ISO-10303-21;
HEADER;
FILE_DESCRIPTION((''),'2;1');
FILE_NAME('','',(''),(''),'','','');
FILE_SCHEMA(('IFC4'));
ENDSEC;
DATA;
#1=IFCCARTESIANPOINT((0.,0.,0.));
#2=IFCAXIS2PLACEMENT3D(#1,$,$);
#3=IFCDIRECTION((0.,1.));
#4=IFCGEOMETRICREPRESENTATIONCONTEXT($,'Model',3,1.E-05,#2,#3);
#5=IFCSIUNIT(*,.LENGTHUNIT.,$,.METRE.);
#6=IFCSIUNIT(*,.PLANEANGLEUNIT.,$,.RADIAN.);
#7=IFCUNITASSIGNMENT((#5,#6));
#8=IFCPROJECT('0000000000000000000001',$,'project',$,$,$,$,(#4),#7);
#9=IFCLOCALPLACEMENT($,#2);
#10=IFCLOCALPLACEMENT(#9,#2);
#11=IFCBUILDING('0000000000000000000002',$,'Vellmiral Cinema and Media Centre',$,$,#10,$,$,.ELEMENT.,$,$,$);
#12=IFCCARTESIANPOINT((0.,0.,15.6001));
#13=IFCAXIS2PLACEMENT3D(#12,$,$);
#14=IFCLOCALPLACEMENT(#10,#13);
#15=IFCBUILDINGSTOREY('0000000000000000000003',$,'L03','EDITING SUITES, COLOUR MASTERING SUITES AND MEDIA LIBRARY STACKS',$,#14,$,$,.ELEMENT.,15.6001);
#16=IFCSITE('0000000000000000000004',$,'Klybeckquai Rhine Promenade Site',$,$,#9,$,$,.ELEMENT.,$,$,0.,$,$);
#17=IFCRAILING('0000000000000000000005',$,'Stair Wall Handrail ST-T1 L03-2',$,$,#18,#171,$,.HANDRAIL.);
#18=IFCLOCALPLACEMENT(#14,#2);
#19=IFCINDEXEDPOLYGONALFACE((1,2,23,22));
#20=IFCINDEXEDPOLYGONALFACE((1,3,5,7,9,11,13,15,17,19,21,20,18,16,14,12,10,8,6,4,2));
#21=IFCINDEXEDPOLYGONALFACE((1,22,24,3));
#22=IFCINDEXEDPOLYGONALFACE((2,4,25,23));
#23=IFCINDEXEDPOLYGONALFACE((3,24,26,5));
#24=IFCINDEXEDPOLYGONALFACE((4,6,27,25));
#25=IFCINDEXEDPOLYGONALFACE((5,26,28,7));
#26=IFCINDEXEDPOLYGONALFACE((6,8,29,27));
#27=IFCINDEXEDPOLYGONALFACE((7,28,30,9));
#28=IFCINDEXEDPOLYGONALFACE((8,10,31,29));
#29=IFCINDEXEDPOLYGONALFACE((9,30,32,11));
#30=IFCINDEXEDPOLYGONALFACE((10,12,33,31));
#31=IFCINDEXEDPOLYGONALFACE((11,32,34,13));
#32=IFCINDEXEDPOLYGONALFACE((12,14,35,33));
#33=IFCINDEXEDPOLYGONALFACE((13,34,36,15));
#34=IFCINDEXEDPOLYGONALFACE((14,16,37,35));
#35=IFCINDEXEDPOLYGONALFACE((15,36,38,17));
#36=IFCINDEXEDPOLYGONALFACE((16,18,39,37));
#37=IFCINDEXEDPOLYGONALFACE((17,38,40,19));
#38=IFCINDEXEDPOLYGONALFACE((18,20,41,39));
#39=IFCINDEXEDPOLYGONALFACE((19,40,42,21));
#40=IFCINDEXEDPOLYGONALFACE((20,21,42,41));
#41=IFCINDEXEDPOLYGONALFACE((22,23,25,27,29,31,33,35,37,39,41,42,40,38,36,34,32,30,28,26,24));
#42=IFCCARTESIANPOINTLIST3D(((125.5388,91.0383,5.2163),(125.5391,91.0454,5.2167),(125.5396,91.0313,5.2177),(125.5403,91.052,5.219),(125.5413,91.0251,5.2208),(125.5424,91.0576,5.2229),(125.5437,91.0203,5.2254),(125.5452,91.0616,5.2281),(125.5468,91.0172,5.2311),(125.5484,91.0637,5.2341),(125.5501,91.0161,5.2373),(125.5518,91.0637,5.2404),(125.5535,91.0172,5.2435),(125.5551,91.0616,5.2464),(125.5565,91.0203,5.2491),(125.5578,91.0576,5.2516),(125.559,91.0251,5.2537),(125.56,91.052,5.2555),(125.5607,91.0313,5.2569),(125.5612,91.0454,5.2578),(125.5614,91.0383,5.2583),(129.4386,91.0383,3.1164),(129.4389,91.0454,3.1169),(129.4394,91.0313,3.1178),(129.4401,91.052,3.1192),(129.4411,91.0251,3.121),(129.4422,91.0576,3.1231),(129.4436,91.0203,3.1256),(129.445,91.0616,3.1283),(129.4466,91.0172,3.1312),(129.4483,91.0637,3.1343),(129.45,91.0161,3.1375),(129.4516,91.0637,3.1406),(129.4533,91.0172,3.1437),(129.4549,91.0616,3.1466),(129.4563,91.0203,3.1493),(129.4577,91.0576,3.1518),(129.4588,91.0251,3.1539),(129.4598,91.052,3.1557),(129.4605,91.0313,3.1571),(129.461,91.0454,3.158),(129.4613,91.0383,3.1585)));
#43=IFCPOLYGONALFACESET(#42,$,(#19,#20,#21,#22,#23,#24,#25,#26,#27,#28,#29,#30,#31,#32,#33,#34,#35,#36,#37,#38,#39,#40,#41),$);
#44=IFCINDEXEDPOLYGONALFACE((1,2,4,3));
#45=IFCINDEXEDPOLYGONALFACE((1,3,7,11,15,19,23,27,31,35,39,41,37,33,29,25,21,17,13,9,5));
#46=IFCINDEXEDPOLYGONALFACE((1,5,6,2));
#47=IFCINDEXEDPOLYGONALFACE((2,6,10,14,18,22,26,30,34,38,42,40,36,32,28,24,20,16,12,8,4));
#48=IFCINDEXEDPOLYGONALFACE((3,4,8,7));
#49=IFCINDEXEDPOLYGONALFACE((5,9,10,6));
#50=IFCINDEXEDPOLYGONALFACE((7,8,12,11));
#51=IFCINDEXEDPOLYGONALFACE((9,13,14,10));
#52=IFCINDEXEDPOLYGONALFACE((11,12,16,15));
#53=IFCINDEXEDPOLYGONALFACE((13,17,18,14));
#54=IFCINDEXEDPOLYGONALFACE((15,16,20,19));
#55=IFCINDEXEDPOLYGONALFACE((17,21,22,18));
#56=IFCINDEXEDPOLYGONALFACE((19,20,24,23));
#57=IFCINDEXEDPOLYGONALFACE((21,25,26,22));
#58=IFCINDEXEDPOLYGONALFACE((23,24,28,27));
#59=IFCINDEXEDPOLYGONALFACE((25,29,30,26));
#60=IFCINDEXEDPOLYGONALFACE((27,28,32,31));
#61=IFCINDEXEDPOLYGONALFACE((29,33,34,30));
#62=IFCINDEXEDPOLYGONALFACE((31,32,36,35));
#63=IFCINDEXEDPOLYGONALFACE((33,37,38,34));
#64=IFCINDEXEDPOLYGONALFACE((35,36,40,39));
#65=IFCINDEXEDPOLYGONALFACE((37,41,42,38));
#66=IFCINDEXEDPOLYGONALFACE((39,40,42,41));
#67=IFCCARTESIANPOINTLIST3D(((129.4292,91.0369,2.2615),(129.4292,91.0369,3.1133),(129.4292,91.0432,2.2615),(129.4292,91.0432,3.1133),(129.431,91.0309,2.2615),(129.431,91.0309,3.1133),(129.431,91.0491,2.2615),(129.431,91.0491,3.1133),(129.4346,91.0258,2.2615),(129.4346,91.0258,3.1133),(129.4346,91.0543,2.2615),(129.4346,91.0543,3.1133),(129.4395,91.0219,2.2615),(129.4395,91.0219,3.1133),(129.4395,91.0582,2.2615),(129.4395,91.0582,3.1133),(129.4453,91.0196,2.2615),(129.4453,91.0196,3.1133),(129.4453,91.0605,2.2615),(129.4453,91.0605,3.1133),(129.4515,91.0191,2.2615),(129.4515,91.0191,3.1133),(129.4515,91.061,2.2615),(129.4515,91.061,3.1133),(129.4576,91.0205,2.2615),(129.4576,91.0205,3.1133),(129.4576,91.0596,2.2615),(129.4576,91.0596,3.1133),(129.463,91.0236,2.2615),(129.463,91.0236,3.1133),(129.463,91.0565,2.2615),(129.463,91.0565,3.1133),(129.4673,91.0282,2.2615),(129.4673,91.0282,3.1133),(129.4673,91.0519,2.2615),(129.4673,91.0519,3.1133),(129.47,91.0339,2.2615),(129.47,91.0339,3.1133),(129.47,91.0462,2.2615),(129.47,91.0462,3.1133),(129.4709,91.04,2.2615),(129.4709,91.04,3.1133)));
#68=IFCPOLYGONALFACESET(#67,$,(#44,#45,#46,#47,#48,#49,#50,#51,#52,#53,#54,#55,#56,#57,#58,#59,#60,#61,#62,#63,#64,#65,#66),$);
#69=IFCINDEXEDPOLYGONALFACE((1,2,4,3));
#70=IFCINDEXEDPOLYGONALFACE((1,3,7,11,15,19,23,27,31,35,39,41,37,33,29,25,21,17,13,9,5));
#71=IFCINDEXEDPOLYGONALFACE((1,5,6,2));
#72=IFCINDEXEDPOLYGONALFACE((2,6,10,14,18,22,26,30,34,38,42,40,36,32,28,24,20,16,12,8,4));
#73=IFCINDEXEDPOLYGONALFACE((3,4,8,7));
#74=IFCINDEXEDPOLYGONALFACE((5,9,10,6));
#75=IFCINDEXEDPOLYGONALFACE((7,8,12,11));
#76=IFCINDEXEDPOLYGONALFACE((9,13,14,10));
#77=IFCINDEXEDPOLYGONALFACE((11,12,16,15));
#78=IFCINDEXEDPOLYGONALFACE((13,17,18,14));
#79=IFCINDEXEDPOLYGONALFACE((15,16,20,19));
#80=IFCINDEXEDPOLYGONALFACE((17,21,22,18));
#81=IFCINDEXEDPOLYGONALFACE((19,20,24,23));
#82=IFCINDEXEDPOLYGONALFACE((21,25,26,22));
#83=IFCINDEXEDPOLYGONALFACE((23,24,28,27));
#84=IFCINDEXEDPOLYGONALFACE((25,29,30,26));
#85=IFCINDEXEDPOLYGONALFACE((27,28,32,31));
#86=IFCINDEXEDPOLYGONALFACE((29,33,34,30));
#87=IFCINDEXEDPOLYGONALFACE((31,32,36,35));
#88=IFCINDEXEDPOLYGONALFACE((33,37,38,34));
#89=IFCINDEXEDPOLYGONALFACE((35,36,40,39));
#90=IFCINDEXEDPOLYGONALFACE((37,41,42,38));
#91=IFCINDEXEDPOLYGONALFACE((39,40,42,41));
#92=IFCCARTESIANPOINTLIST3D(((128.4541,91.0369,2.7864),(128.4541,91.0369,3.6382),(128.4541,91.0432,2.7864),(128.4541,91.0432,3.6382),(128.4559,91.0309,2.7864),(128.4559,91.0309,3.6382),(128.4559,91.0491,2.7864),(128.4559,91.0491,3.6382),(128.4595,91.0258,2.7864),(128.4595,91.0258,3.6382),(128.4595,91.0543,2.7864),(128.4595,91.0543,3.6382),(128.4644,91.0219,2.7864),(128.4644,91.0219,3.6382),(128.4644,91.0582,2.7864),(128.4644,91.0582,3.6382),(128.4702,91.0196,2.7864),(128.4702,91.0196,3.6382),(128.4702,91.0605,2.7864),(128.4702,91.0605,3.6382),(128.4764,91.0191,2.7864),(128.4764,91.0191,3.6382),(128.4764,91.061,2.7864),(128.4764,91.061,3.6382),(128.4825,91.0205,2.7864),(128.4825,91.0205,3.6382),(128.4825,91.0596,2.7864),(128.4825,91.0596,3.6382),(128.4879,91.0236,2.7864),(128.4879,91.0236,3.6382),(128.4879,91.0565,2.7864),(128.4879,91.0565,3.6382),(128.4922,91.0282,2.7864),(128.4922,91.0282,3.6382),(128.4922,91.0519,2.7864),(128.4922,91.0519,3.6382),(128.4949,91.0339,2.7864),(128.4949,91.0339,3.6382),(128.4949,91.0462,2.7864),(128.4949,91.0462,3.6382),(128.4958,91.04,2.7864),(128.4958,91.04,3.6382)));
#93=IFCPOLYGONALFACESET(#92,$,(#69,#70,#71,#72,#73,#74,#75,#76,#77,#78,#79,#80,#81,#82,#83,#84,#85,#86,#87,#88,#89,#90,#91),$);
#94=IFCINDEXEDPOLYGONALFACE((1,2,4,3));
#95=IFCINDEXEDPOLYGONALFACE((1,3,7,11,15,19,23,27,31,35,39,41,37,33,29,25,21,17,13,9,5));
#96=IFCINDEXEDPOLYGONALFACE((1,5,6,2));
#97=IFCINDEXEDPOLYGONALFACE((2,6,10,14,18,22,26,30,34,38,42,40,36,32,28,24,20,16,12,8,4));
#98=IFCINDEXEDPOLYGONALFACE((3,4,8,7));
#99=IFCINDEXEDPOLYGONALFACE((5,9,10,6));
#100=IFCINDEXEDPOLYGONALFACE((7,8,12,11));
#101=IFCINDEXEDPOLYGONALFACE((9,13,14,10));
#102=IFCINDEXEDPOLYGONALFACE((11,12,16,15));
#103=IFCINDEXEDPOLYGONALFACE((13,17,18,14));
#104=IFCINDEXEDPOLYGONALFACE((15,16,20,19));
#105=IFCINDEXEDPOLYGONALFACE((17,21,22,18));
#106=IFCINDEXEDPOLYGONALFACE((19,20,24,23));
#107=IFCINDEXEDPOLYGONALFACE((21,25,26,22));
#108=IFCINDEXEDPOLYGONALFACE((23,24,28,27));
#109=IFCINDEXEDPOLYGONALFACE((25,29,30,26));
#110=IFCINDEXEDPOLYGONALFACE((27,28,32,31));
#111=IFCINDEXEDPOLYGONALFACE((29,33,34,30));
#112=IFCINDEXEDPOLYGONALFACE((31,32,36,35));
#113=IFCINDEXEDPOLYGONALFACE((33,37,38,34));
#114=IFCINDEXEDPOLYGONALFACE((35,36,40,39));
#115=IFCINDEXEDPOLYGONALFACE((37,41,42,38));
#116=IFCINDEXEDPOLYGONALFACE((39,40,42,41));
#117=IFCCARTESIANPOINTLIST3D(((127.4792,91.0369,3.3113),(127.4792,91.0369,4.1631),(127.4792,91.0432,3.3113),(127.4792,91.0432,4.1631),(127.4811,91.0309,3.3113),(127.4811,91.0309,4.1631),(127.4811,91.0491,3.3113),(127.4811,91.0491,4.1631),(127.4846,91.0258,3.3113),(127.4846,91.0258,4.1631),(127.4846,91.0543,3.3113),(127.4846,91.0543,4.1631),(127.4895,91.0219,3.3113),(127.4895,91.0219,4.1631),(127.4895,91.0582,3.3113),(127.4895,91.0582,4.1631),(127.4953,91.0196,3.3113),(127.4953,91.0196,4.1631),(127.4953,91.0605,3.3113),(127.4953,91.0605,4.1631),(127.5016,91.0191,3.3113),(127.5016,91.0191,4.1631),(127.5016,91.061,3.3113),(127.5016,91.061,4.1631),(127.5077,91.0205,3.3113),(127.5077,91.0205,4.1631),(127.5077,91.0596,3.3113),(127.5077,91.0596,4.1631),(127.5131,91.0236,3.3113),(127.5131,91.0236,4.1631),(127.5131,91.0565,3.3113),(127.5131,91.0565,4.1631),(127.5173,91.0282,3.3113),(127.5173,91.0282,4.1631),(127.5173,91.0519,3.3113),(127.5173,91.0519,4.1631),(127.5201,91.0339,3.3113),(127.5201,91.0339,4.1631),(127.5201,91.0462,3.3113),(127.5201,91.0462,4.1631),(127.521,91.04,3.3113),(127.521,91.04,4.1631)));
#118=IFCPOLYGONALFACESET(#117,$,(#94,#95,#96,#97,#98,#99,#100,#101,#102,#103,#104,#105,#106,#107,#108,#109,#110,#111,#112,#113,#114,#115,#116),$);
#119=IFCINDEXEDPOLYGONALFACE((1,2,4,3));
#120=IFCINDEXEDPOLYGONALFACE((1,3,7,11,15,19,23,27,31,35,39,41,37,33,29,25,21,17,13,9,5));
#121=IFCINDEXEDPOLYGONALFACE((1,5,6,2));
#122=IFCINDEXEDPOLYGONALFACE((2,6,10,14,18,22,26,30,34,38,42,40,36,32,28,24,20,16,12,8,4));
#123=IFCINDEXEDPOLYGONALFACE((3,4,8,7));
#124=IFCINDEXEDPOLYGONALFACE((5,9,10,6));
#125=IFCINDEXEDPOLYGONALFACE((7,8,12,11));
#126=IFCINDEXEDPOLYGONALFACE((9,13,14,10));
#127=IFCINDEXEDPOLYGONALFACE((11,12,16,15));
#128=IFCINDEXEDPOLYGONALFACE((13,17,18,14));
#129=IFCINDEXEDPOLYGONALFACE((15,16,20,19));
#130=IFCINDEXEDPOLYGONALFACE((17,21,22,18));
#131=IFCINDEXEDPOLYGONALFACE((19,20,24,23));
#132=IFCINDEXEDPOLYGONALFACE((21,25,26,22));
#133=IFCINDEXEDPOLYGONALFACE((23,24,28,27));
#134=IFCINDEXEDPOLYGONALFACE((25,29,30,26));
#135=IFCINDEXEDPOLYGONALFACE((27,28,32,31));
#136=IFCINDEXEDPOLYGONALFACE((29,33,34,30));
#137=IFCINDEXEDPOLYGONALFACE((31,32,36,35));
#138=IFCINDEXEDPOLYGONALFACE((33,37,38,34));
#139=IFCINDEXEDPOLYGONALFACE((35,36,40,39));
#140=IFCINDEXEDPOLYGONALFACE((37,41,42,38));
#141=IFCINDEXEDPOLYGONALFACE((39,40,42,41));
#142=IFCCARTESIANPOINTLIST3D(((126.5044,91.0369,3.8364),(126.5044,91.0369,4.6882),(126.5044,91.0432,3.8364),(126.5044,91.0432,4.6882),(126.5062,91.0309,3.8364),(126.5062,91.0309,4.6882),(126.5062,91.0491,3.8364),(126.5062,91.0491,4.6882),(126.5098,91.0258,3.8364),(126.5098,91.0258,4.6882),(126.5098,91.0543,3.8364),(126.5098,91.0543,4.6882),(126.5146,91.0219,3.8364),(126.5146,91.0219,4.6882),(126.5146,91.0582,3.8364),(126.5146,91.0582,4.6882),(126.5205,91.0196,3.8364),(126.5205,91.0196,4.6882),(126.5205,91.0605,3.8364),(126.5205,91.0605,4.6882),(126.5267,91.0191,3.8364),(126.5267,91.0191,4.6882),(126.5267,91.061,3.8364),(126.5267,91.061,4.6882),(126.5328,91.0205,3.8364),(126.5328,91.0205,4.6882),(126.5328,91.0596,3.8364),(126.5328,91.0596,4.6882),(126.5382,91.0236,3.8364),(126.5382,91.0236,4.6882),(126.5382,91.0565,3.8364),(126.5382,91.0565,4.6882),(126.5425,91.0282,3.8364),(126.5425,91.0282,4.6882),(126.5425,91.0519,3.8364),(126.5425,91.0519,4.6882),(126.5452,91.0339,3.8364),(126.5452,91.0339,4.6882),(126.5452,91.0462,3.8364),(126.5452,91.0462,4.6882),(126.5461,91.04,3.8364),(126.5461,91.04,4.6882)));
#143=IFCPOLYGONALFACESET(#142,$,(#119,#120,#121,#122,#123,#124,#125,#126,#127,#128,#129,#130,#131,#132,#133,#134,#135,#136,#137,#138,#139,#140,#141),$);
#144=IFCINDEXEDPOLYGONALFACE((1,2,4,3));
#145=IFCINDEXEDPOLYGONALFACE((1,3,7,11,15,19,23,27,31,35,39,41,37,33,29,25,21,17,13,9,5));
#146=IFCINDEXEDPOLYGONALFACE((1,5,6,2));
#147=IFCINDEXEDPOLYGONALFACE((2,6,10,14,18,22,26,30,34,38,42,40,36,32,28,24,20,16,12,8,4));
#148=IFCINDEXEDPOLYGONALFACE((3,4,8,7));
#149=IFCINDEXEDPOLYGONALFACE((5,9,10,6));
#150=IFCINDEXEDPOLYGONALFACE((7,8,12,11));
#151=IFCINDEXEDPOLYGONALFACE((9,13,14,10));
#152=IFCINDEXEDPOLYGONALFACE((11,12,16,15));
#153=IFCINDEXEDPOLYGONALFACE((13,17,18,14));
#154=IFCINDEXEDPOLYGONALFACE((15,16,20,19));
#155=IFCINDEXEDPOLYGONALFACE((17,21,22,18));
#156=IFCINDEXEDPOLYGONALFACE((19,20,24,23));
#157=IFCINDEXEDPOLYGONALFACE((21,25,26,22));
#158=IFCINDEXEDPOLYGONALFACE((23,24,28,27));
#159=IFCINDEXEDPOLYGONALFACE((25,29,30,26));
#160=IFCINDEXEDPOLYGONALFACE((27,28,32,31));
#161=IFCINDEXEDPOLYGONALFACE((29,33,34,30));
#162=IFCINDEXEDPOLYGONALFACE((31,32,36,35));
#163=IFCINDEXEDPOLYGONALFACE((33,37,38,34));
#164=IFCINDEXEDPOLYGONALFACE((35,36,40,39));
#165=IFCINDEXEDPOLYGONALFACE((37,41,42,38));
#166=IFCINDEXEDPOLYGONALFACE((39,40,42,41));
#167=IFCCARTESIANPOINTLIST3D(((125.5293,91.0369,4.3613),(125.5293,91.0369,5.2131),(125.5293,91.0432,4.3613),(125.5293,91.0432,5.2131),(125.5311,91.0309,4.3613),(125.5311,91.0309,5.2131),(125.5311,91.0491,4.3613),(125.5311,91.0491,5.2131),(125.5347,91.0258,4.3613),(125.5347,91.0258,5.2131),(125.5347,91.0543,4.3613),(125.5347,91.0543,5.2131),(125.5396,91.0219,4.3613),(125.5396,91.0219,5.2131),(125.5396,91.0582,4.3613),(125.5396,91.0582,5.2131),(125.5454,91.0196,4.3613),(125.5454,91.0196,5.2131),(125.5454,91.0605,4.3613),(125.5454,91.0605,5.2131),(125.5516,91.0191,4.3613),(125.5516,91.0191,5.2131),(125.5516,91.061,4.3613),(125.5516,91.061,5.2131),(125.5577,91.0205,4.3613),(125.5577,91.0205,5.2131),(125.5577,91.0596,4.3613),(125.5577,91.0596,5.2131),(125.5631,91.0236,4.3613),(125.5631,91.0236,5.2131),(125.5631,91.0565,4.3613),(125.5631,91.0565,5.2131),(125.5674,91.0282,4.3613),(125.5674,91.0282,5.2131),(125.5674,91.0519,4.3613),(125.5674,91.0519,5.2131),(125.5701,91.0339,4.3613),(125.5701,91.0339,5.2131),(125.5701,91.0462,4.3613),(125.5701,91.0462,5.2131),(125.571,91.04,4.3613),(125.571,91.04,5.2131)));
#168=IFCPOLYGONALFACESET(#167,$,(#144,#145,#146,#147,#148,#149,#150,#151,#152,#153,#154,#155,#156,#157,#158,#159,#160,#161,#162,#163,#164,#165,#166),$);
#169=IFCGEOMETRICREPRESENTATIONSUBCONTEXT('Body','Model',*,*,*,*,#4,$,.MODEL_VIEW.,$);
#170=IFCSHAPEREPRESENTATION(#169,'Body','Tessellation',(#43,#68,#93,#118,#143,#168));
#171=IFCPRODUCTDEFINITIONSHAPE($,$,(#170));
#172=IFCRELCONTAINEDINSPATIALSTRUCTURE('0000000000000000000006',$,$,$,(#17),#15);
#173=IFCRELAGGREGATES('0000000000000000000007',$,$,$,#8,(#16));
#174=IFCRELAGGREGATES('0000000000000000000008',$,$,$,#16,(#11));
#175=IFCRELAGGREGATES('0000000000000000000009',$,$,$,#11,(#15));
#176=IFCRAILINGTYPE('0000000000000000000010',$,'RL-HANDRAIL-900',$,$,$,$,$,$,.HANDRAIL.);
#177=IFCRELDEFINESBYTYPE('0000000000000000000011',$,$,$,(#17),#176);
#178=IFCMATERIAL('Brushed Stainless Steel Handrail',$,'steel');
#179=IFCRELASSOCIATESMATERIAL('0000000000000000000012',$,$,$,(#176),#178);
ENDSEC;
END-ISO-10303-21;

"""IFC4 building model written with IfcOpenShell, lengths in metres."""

from ifc_helpers import new_model, si_unit, direction, frame, origin, origin_2d, place, context, subcontext, project, spatial, circle, extrude, material, type_object, element, save


model = new_model("IFC4")

# Units and contexts
model_context = context("Model", 3, precision=1e-05, world=origin(), true_north=direction((0.0, 1.0)))
body_context = subcontext(model_context, "Body", "Model", "MODEL_VIEW")
ifc_project = project(units=[si_unit("LENGTHUNIT", "METRE"), si_unit("PLANEANGLEUNIT", "RADIAN")], contexts=[model_context])

# Site, building, storey
site_placement = place(None, origin())
site = spatial("IfcSite", under=ifc_project, at=site_placement, Name="Klybeckquai Rhine Promenade Site", CompositionType="ELEMENT", RefElevation=0.0)
building_placement = place(site_placement, origin())
building = spatial("IfcBuilding", under=site, at=building_placement, Name="Vellmiral Cinema and Media Centre", CompositionType="ELEMENT")
storey_placement = place(building_placement, frame((0.0, 0.0, 15.6001)))
storey = spatial("IfcBuildingStorey", under=building, at=storey_placement, Name="L03", Description="EDITING SUITES, COLOUR MASTERING SUITES AND MEDIA LIBRARY STACKS", CompositionType="ELEMENT", Elevation=15.6001)

# Railing
ifc_material_1 = material(Name="Brushed Stainless Steel Handrail", Category="steel")
railing_type_1 = type_object("IfcRailingType", Name="RL-HANDRAIL-900", PredefinedType="HANDRAIL", material=ifc_material_1)
railing_1_placement = place(storey_placement, frame((129.45, 91.04, 2.2615)))
element("IfcRailing", 1, at=railing_1_placement, inside=storey, type_object=railing_type_1, Name="Stair Wall Handrail ST-T1 L03-2", PredefinedType="HANDRAIL", context=body_context, shape_type="SweptSolid", body=[
    extrude(circle(Radius=0.0239, at=origin_2d()), frame((0.0, 0.0, 0.876), z_axis=(-0.88048, 0.0, 0.474083), x_axis=(0.0, -1.0, 0.0)), (0.0, 0.0, 1.0), 4.4292),
    extrude(circle(Radius=0.021, at=origin_2d()), origin(), (0.0, 0.0, 1.0), 0.8518),
    extrude(circle(Radius=0.021, at=origin_2d()), frame((-0.9751, 0.0, 0.5249)), (0.0, 0.0, 1.0), 0.8518),
    extrude(circle(Radius=0.021, at=origin_2d()), frame((-1.95, 0.0, 1.0498)), (0.0, 0.0, 1.0), 0.8518),
    extrude(circle(Radius=0.021, at=origin_2d()), frame((-2.9248, 0.0, 1.575)), (0.0, 0.0, 1.0), 0.8518),
    extrude(circle(Radius=0.021, at=origin_2d()), frame((-3.8999, 0.0, 2.0999)), (0.0, 0.0, 1.0), 0.8518),
])

save(model, "model.ifc")
